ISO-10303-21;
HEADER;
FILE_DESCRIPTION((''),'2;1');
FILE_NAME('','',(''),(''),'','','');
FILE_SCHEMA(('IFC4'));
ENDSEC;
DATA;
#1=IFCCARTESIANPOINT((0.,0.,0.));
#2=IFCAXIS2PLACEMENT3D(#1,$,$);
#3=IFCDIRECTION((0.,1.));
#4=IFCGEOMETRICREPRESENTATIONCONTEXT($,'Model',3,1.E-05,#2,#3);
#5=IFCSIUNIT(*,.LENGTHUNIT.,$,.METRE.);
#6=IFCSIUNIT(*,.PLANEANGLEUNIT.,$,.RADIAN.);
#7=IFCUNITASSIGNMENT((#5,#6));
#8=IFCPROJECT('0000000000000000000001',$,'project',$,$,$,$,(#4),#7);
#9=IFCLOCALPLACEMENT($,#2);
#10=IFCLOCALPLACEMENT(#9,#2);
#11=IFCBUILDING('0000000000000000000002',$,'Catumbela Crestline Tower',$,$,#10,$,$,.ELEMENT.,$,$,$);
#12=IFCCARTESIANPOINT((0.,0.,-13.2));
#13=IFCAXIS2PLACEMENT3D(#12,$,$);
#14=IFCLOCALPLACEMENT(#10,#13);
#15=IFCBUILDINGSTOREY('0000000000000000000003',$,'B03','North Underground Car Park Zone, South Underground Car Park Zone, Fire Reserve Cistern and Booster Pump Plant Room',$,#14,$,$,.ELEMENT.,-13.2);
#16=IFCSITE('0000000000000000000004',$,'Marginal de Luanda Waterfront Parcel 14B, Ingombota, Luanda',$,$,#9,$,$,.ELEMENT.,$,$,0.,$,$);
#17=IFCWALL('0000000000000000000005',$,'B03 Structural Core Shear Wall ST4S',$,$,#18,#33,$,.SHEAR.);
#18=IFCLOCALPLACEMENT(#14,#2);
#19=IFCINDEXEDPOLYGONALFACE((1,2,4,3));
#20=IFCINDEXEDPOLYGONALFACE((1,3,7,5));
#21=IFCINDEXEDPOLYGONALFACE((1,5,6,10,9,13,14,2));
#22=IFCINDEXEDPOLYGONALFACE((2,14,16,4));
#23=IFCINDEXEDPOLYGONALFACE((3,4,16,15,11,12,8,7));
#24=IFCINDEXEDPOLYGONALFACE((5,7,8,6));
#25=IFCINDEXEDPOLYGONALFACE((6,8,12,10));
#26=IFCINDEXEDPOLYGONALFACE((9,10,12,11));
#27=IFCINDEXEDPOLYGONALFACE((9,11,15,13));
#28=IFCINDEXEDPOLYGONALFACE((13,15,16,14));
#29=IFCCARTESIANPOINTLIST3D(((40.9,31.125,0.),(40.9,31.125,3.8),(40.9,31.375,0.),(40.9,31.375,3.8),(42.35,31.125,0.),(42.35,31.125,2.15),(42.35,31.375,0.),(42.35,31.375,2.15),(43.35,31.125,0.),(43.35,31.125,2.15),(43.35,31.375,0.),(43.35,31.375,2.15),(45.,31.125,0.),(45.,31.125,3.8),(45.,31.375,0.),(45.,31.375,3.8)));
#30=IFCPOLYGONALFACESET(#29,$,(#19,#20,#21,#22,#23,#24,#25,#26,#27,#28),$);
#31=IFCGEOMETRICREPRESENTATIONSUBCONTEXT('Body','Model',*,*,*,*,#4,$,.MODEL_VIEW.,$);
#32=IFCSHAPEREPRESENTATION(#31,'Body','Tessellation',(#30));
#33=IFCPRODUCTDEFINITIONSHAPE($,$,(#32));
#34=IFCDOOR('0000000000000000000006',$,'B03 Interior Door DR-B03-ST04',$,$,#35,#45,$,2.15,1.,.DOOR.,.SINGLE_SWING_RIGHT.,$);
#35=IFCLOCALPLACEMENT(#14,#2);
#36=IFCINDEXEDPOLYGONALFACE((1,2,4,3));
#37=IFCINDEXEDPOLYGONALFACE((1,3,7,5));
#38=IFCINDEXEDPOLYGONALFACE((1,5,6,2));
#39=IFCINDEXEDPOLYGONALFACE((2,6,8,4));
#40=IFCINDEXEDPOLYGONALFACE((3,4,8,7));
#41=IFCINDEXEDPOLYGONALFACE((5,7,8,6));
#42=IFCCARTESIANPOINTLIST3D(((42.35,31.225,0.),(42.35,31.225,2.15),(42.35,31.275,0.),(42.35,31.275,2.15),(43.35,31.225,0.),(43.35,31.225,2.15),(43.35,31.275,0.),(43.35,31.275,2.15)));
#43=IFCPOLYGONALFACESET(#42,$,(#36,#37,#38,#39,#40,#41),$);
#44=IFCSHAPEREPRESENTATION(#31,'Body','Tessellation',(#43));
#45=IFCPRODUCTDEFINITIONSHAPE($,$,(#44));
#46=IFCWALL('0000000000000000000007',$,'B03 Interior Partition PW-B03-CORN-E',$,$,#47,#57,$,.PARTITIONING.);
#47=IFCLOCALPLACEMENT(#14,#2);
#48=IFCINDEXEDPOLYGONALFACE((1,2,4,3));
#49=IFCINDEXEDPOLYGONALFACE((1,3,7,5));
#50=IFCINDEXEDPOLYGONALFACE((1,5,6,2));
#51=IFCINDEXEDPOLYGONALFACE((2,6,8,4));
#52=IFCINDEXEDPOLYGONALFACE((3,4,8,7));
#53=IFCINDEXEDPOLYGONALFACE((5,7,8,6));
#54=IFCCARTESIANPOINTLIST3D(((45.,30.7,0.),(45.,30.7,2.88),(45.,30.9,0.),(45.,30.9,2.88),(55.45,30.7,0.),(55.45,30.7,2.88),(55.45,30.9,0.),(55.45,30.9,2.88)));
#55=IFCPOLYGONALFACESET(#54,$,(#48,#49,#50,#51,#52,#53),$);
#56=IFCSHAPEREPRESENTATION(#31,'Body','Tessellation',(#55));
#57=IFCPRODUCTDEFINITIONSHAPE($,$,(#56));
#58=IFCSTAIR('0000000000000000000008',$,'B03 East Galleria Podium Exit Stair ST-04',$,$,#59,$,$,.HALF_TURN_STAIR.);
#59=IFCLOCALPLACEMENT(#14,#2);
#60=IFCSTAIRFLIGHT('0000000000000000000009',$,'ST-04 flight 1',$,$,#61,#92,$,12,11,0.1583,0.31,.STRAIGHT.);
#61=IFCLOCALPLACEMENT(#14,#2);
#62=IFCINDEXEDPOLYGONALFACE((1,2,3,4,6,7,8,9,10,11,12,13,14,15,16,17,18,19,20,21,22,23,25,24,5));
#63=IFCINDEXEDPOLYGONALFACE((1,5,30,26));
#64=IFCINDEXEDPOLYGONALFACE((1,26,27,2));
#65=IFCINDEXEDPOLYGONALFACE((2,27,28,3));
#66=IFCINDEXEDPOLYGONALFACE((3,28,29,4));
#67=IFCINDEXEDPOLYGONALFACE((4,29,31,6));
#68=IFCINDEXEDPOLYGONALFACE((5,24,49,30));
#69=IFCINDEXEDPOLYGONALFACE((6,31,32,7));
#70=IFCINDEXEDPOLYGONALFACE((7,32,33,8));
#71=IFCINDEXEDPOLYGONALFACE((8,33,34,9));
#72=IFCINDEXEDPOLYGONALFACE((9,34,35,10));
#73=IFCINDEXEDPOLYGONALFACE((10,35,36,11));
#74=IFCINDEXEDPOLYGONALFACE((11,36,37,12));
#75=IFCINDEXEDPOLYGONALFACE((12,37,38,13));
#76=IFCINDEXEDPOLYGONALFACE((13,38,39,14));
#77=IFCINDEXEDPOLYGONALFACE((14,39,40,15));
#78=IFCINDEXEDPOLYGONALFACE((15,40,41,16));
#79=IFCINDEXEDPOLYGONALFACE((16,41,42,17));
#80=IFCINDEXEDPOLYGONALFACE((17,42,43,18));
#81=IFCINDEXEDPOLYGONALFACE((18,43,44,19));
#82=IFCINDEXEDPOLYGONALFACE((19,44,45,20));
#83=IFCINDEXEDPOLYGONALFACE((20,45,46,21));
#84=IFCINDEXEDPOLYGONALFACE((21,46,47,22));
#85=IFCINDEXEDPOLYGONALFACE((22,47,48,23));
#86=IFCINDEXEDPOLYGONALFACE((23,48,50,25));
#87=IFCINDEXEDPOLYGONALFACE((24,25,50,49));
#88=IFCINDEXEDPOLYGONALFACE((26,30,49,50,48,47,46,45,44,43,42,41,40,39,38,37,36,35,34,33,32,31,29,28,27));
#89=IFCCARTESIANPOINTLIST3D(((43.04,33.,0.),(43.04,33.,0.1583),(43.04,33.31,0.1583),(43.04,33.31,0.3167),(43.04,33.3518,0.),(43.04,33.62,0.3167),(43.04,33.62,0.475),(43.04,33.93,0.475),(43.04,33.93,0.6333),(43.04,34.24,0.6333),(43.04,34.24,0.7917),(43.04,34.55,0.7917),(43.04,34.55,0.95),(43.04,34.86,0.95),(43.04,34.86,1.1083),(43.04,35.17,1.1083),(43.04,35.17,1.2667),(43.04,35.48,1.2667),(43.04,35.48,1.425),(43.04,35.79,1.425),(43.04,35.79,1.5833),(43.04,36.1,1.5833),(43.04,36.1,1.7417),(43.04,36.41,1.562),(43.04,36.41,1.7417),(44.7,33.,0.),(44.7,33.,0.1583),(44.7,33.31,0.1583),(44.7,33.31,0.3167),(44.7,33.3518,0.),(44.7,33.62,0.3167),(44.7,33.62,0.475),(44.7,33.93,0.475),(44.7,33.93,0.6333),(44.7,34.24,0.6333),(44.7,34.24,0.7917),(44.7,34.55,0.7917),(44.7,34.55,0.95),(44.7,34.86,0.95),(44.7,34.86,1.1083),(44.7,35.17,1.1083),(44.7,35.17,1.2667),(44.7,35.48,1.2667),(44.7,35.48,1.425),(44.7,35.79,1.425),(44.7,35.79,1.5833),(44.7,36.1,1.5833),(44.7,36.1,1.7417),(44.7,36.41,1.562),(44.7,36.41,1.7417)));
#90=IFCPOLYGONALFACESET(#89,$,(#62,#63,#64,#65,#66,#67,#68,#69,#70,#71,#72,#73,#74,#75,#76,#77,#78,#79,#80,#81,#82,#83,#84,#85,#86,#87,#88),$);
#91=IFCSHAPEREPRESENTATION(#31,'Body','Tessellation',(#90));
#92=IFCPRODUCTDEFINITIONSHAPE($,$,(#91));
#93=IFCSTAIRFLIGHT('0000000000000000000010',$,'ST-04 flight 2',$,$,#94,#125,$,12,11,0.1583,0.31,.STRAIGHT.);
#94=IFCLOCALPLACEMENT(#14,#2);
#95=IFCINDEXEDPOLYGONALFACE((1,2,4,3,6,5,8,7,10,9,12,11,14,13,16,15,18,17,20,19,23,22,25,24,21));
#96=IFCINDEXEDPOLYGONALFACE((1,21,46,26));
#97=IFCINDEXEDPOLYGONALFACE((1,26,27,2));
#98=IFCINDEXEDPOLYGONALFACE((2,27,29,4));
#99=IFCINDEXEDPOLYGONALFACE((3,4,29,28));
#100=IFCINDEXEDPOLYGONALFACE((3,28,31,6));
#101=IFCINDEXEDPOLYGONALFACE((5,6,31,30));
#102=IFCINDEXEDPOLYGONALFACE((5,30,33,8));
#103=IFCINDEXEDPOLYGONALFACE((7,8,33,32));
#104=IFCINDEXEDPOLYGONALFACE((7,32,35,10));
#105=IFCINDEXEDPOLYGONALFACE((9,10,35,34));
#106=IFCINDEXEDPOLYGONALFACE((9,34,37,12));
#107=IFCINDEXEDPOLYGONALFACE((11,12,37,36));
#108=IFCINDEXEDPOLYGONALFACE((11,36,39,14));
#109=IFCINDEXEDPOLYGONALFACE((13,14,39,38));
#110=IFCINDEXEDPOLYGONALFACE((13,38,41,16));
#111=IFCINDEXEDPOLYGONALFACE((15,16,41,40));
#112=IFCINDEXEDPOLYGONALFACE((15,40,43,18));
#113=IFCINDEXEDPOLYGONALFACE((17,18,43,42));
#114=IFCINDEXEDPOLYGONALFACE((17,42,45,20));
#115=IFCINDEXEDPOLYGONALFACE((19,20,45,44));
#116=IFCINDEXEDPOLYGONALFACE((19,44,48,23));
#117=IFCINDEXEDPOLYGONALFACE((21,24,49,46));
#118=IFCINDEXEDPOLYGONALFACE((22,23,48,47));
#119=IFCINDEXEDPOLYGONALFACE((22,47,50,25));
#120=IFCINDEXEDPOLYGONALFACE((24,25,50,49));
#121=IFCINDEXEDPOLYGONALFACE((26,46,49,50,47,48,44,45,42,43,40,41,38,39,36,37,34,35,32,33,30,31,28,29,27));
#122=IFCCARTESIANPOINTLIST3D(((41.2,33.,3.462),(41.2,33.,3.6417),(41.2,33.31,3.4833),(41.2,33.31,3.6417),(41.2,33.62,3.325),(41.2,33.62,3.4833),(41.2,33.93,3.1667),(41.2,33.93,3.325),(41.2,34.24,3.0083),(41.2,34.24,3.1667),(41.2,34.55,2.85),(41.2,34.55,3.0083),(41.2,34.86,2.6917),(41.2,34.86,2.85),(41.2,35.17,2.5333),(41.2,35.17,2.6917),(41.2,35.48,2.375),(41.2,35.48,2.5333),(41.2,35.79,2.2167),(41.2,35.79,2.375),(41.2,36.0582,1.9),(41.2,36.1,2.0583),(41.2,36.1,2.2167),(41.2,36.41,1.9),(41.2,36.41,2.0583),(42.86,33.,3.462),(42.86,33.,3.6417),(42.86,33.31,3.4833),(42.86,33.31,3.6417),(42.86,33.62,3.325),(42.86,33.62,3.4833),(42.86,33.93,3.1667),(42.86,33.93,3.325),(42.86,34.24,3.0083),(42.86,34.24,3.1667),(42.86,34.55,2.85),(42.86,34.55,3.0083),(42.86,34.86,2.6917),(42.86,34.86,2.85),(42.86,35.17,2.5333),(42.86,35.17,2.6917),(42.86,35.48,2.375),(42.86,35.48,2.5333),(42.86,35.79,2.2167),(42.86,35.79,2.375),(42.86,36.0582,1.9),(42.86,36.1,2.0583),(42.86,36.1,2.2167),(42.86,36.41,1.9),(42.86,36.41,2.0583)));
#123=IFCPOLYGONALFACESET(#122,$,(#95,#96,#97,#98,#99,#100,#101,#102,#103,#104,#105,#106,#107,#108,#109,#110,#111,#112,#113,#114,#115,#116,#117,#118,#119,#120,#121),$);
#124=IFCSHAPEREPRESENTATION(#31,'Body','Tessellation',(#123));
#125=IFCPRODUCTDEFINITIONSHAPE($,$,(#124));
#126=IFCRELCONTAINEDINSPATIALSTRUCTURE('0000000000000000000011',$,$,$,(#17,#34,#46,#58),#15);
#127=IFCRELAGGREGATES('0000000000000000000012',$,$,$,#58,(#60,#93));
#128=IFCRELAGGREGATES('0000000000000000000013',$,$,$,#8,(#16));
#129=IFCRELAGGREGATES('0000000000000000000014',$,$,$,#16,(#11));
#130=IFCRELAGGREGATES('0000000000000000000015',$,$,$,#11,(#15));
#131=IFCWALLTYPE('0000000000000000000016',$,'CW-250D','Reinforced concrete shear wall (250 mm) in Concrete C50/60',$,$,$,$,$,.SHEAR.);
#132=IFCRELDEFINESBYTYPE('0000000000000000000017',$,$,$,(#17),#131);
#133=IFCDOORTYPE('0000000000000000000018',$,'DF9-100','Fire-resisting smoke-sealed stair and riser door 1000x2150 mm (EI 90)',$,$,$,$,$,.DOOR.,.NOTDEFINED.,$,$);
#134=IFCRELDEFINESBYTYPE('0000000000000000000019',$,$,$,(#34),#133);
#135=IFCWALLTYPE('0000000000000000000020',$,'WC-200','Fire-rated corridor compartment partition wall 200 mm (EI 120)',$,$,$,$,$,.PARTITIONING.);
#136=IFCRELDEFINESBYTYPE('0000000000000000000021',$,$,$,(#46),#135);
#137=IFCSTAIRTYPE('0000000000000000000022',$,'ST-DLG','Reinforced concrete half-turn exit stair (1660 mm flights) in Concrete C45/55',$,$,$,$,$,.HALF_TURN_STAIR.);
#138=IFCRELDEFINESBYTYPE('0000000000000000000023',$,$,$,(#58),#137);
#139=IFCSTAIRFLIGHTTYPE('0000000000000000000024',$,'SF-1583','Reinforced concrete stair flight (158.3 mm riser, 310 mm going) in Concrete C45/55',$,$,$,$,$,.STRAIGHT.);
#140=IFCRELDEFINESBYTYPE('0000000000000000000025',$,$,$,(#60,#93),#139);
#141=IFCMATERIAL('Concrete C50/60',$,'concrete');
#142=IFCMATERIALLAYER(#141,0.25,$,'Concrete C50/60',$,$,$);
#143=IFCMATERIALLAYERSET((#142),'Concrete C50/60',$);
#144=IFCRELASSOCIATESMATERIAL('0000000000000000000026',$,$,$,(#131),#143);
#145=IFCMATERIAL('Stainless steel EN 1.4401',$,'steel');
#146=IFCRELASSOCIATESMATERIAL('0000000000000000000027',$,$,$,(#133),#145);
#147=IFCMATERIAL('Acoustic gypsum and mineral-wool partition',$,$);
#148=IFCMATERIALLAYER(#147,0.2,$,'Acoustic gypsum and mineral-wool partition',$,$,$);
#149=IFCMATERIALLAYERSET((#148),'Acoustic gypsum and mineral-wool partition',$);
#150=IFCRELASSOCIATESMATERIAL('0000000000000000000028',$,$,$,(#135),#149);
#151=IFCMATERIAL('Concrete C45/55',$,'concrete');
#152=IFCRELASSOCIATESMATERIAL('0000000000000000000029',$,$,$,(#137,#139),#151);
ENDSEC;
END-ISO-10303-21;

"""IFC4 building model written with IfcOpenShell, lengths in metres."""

from ifc_helpers import new_model, si_unit, direction, frame, frame_2d, origin, place, context, subcontext, project, spatial, polyline, rectangle, outline, extrude, material, layer, layer_set, type_object, element, fill, aggregate, save


model = new_model("IFC4")

# Units and contexts
model_context = context("Model", 3, precision=1e-05, world=origin(), true_north=direction((0.0, 1.0)))
body_context = subcontext(model_context, "Body", "Model", "MODEL_VIEW")
ifc_project = project(units=[si_unit("LENGTHUNIT", "METRE"), si_unit("PLANEANGLEUNIT", "RADIAN")], contexts=[model_context])

# Site, building, storey
site_placement = place(None, origin())
site = spatial("IfcSite", under=ifc_project, at=site_placement, Name="Marginal de Luanda Waterfront Parcel 14B, Ingombota, Luanda", CompositionType="ELEMENT", RefElevation=0.0)
building_placement = place(site_placement, origin())
building = spatial("IfcBuilding", under=site, at=building_placement, Name="Catumbela Crestline Tower", CompositionType="ELEMENT")
storey_placement = place(building_placement, frame((0.0, 0.0, -13.2)))
storey = spatial("IfcBuildingStorey", under=building, at=storey_placement, Name="B03", Description="North Underground Car Park Zone, South Underground Car Park Zone, Fire Reserve Cistern and Booster Pump Plant Room", CompositionType="ELEMENT", Elevation=-13.2)

# Shared definitions
ifc_material_1 = material(Name="Concrete C50/60", Category="concrete")
ifc_layer_1 = layer(ifc_material_1, 0.25, Name="Concrete C50/60")
ifc_layer_set_1 = layer_set([ifc_layer_1], Name="Concrete C50/60")
wall_type_1 = type_object("IfcWallType", Name="CW-250D", Description="Reinforced concrete shear wall (250 mm) in Concrete C50/60", PredefinedType="SHEAR", material=ifc_layer_set_1)

# Wall, opening, door
wall_1_placement = place(storey_placement, frame((40.9, 31.25, 0.0), z_axis=(0.0, 0.0, 1.0), x_axis=(1.0, 0.0, 0.0)))
wall_1 = element("IfcWall", 1, at=wall_1_placement, inside=storey, type_object=wall_type_1, Name="B03 Structural Core Shear Wall ST4S", PredefinedType="SHEAR", context=body_context, shape_type="SweptSolid", body=[
    extrude(rectangle(XDim=4.1, YDim=0.25, at=frame_2d((2.05, 0.0))), origin(), (0.0, 0.0, 1.0), 3.8),
])
opening_placement = place(wall_1_placement, frame((1.45, 0.0, 0.0)))
opening = element("IfcOpeningElement", 2, at=opening_placement, cuts=wall_1, PredefinedType="OPENING", context=body_context, shape_type="SweptSolid", body=[
    extrude(rectangle(XDim=1.0, YDim=2.15, at=frame_2d((0.5, 1.075))), frame((0.0, 0.135, 0.0), z_axis=(0.0, -1.0, 0.0), x_axis=(1.0, 0.0, 0.0)), (0.0, 0.0, 1.0), 0.27),
])
ifc_material_2 = material(Name="Stainless steel EN 1.4401", Category="steel")
door_type = type_object("IfcDoorType", Name="DF9-100", Description="Fire-resisting smoke-sealed stair and riser door 1000x2150 mm (EI 90)", OperationType="NOTDEFINED", PredefinedType="DOOR", material=ifc_material_2)
door_placement = place(opening_placement, origin())
door = element("IfcDoor", 3, at=door_placement, inside=storey, type_object=door_type, Name="B03 Interior Door DR-B03-ST04", OperationType="SINGLE_SWING_RIGHT", OverallHeight=2.15, OverallWidth=1.0, PredefinedType="DOOR", context=body_context, shape_type="SweptSolid", body=[
    extrude(rectangle(XDim=1.0, YDim=2.15, at=frame_2d((0.5, 1.075))), frame((0.0, 0.025, 0.0), z_axis=(0.0, -1.0, 0.0), x_axis=(1.0, 0.0, 0.0)), (0.0, 0.0, 1.0), 0.05),
])
fill(opening, door)

# Wall
ifc_material_3 = material(Name="Acoustic gypsum and mineral-wool partition")
ifc_layer_2 = layer(ifc_material_3, 0.2, Name="Acoustic gypsum and mineral-wool partition")
ifc_layer_set_2 = layer_set([ifc_layer_2], Name="Acoustic gypsum and mineral-wool partition")
wall_type_2 = type_object("IfcWallType", Name="WC-200", Description="Fire-rated corridor compartment partition wall 200 mm (EI 120)", PredefinedType="PARTITIONING", material=ifc_layer_set_2)
wall_2_placement = place(storey_placement, frame((45.0, 30.8, 0.0), z_axis=(0.0, 0.0, 1.0), x_axis=(1.0, 0.0, 0.0)))
element("IfcWall", 4, at=wall_2_placement, inside=storey, type_object=wall_type_2, Name="B03 Interior Partition PW-B03-CORN-E", PredefinedType="PARTITIONING", context=body_context, shape_type="SweptSolid", body=[
    extrude(rectangle(XDim=10.45, YDim=0.2, at=frame_2d((5.225, 0.0))), origin(), (0.0, 0.0, 1.0), 2.88),
])

# Stair, stair flights
ifc_material_4 = material(Name="Concrete C45/55", Category="concrete")
stair_type = type_object("IfcStairType", Name="ST-DLG", Description="Reinforced concrete half-turn exit stair (1660 mm flights) in Concrete C45/55", PredefinedType="HALF_TURN_STAIR", material=ifc_material_4)
stair_placement = place(storey_placement, origin())
stair = element("IfcStair", 5, at=stair_placement, inside=storey, type_object=stair_type, Name="B03 East Galleria Podium Exit Stair ST-04", PredefinedType="HALF_TURN_STAIR")
stair_flight_type = type_object("IfcStairFlightType", Name="SF-1583", Description="Reinforced concrete stair flight (158.3 mm riser, 310 mm going) in Concrete C45/55", PredefinedType="STRAIGHT", material=ifc_material_4)
stair_flight_1_placement = place(storey_placement, frame((43.87, 33.0, 0.0), z_axis=(0.0, 0.0, 1.0), x_axis=(0.0, 1.0, 0.0)))
stair_flight_1 = element("IfcStairFlight", 6, at=stair_flight_1_placement, type_object=stair_flight_type, Name="ST-04 flight 1", NumberOfRisers=12, NumberOfTreads=11, PredefinedType="STRAIGHT", RiserHeight=0.1583, TreadLength=0.31, context=body_context, shape_type="SweptSolid", body=[
    extrude(outline(polyline([(0.0, 0.0), (0.0, 0.1583), (0.31, 0.1583), (0.31, 0.3167), (0.62, 0.3167), (0.62, 0.475), (0.93, 0.475), (0.93, 0.6333), (1.24, 0.6333), (1.24, 0.7917), (1.55, 0.7917), (1.55, 0.95), (1.86, 0.95), (1.86, 1.1083), (2.17, 1.1083), (2.17, 1.2667), (2.48, 1.2667), (2.48, 1.425), (2.79, 1.425), (2.79, 1.5833), (3.1, 1.5833), (3.1, 1.7417), (3.41, 1.7417), (3.41, 1.9), (3.41, 1.562), (0.3518, 0.0), (0.0, 0.0)])), frame((0.0, 0.83, 0.0), z_axis=(0.0, -1.0, 0.0), x_axis=(1.0, 0.0, 0.0)), (0.0, 0.0, 1.0), 1.66),
])
stair_flight_2_placement = place(storey_placement, frame((42.03, 36.41, 1.9), z_axis=(0.0, 0.0, 1.0), x_axis=(0.0, -1.0, 0.0)))
stair_flight_2 = element("IfcStairFlight", 7, at=stair_flight_2_placement, type_object=stair_flight_type, Name="ST-04 flight 2", NumberOfRisers=12, NumberOfTreads=11, PredefinedType="STRAIGHT", RiserHeight=0.1583, TreadLength=0.31, context=body_context, shape_type="SweptSolid", body=[
    extrude(outline(polyline([(0.0, 0.0), (0.0, 0.1583), (0.31, 0.1583), (0.31, 0.3167), (0.62, 0.3167), (0.62, 0.475), (0.93, 0.475), (0.93, 0.6333), (1.24, 0.6333), (1.24, 0.7917), (1.55, 0.7917), (1.55, 0.95), (1.86, 0.95), (1.86, 1.1083), (2.17, 1.1083), (2.17, 1.2667), (2.48, 1.2667), (2.48, 1.425), (2.79, 1.425), (2.79, 1.5833), (3.1, 1.5833), (3.1, 1.7417), (3.41, 1.7417), (3.41, 1.9), (3.41, 1.562), (0.3518, 0.0), (0.0, 0.0)])), frame((0.0, 0.83, 0.0), z_axis=(0.0, -1.0, 0.0), x_axis=(1.0, 0.0, 0.0)), (0.0, 0.0, 1.0), 1.66),
])
aggregate(stair, [stair_flight_1, stair_flight_2])

save(model, "model.ifc")
